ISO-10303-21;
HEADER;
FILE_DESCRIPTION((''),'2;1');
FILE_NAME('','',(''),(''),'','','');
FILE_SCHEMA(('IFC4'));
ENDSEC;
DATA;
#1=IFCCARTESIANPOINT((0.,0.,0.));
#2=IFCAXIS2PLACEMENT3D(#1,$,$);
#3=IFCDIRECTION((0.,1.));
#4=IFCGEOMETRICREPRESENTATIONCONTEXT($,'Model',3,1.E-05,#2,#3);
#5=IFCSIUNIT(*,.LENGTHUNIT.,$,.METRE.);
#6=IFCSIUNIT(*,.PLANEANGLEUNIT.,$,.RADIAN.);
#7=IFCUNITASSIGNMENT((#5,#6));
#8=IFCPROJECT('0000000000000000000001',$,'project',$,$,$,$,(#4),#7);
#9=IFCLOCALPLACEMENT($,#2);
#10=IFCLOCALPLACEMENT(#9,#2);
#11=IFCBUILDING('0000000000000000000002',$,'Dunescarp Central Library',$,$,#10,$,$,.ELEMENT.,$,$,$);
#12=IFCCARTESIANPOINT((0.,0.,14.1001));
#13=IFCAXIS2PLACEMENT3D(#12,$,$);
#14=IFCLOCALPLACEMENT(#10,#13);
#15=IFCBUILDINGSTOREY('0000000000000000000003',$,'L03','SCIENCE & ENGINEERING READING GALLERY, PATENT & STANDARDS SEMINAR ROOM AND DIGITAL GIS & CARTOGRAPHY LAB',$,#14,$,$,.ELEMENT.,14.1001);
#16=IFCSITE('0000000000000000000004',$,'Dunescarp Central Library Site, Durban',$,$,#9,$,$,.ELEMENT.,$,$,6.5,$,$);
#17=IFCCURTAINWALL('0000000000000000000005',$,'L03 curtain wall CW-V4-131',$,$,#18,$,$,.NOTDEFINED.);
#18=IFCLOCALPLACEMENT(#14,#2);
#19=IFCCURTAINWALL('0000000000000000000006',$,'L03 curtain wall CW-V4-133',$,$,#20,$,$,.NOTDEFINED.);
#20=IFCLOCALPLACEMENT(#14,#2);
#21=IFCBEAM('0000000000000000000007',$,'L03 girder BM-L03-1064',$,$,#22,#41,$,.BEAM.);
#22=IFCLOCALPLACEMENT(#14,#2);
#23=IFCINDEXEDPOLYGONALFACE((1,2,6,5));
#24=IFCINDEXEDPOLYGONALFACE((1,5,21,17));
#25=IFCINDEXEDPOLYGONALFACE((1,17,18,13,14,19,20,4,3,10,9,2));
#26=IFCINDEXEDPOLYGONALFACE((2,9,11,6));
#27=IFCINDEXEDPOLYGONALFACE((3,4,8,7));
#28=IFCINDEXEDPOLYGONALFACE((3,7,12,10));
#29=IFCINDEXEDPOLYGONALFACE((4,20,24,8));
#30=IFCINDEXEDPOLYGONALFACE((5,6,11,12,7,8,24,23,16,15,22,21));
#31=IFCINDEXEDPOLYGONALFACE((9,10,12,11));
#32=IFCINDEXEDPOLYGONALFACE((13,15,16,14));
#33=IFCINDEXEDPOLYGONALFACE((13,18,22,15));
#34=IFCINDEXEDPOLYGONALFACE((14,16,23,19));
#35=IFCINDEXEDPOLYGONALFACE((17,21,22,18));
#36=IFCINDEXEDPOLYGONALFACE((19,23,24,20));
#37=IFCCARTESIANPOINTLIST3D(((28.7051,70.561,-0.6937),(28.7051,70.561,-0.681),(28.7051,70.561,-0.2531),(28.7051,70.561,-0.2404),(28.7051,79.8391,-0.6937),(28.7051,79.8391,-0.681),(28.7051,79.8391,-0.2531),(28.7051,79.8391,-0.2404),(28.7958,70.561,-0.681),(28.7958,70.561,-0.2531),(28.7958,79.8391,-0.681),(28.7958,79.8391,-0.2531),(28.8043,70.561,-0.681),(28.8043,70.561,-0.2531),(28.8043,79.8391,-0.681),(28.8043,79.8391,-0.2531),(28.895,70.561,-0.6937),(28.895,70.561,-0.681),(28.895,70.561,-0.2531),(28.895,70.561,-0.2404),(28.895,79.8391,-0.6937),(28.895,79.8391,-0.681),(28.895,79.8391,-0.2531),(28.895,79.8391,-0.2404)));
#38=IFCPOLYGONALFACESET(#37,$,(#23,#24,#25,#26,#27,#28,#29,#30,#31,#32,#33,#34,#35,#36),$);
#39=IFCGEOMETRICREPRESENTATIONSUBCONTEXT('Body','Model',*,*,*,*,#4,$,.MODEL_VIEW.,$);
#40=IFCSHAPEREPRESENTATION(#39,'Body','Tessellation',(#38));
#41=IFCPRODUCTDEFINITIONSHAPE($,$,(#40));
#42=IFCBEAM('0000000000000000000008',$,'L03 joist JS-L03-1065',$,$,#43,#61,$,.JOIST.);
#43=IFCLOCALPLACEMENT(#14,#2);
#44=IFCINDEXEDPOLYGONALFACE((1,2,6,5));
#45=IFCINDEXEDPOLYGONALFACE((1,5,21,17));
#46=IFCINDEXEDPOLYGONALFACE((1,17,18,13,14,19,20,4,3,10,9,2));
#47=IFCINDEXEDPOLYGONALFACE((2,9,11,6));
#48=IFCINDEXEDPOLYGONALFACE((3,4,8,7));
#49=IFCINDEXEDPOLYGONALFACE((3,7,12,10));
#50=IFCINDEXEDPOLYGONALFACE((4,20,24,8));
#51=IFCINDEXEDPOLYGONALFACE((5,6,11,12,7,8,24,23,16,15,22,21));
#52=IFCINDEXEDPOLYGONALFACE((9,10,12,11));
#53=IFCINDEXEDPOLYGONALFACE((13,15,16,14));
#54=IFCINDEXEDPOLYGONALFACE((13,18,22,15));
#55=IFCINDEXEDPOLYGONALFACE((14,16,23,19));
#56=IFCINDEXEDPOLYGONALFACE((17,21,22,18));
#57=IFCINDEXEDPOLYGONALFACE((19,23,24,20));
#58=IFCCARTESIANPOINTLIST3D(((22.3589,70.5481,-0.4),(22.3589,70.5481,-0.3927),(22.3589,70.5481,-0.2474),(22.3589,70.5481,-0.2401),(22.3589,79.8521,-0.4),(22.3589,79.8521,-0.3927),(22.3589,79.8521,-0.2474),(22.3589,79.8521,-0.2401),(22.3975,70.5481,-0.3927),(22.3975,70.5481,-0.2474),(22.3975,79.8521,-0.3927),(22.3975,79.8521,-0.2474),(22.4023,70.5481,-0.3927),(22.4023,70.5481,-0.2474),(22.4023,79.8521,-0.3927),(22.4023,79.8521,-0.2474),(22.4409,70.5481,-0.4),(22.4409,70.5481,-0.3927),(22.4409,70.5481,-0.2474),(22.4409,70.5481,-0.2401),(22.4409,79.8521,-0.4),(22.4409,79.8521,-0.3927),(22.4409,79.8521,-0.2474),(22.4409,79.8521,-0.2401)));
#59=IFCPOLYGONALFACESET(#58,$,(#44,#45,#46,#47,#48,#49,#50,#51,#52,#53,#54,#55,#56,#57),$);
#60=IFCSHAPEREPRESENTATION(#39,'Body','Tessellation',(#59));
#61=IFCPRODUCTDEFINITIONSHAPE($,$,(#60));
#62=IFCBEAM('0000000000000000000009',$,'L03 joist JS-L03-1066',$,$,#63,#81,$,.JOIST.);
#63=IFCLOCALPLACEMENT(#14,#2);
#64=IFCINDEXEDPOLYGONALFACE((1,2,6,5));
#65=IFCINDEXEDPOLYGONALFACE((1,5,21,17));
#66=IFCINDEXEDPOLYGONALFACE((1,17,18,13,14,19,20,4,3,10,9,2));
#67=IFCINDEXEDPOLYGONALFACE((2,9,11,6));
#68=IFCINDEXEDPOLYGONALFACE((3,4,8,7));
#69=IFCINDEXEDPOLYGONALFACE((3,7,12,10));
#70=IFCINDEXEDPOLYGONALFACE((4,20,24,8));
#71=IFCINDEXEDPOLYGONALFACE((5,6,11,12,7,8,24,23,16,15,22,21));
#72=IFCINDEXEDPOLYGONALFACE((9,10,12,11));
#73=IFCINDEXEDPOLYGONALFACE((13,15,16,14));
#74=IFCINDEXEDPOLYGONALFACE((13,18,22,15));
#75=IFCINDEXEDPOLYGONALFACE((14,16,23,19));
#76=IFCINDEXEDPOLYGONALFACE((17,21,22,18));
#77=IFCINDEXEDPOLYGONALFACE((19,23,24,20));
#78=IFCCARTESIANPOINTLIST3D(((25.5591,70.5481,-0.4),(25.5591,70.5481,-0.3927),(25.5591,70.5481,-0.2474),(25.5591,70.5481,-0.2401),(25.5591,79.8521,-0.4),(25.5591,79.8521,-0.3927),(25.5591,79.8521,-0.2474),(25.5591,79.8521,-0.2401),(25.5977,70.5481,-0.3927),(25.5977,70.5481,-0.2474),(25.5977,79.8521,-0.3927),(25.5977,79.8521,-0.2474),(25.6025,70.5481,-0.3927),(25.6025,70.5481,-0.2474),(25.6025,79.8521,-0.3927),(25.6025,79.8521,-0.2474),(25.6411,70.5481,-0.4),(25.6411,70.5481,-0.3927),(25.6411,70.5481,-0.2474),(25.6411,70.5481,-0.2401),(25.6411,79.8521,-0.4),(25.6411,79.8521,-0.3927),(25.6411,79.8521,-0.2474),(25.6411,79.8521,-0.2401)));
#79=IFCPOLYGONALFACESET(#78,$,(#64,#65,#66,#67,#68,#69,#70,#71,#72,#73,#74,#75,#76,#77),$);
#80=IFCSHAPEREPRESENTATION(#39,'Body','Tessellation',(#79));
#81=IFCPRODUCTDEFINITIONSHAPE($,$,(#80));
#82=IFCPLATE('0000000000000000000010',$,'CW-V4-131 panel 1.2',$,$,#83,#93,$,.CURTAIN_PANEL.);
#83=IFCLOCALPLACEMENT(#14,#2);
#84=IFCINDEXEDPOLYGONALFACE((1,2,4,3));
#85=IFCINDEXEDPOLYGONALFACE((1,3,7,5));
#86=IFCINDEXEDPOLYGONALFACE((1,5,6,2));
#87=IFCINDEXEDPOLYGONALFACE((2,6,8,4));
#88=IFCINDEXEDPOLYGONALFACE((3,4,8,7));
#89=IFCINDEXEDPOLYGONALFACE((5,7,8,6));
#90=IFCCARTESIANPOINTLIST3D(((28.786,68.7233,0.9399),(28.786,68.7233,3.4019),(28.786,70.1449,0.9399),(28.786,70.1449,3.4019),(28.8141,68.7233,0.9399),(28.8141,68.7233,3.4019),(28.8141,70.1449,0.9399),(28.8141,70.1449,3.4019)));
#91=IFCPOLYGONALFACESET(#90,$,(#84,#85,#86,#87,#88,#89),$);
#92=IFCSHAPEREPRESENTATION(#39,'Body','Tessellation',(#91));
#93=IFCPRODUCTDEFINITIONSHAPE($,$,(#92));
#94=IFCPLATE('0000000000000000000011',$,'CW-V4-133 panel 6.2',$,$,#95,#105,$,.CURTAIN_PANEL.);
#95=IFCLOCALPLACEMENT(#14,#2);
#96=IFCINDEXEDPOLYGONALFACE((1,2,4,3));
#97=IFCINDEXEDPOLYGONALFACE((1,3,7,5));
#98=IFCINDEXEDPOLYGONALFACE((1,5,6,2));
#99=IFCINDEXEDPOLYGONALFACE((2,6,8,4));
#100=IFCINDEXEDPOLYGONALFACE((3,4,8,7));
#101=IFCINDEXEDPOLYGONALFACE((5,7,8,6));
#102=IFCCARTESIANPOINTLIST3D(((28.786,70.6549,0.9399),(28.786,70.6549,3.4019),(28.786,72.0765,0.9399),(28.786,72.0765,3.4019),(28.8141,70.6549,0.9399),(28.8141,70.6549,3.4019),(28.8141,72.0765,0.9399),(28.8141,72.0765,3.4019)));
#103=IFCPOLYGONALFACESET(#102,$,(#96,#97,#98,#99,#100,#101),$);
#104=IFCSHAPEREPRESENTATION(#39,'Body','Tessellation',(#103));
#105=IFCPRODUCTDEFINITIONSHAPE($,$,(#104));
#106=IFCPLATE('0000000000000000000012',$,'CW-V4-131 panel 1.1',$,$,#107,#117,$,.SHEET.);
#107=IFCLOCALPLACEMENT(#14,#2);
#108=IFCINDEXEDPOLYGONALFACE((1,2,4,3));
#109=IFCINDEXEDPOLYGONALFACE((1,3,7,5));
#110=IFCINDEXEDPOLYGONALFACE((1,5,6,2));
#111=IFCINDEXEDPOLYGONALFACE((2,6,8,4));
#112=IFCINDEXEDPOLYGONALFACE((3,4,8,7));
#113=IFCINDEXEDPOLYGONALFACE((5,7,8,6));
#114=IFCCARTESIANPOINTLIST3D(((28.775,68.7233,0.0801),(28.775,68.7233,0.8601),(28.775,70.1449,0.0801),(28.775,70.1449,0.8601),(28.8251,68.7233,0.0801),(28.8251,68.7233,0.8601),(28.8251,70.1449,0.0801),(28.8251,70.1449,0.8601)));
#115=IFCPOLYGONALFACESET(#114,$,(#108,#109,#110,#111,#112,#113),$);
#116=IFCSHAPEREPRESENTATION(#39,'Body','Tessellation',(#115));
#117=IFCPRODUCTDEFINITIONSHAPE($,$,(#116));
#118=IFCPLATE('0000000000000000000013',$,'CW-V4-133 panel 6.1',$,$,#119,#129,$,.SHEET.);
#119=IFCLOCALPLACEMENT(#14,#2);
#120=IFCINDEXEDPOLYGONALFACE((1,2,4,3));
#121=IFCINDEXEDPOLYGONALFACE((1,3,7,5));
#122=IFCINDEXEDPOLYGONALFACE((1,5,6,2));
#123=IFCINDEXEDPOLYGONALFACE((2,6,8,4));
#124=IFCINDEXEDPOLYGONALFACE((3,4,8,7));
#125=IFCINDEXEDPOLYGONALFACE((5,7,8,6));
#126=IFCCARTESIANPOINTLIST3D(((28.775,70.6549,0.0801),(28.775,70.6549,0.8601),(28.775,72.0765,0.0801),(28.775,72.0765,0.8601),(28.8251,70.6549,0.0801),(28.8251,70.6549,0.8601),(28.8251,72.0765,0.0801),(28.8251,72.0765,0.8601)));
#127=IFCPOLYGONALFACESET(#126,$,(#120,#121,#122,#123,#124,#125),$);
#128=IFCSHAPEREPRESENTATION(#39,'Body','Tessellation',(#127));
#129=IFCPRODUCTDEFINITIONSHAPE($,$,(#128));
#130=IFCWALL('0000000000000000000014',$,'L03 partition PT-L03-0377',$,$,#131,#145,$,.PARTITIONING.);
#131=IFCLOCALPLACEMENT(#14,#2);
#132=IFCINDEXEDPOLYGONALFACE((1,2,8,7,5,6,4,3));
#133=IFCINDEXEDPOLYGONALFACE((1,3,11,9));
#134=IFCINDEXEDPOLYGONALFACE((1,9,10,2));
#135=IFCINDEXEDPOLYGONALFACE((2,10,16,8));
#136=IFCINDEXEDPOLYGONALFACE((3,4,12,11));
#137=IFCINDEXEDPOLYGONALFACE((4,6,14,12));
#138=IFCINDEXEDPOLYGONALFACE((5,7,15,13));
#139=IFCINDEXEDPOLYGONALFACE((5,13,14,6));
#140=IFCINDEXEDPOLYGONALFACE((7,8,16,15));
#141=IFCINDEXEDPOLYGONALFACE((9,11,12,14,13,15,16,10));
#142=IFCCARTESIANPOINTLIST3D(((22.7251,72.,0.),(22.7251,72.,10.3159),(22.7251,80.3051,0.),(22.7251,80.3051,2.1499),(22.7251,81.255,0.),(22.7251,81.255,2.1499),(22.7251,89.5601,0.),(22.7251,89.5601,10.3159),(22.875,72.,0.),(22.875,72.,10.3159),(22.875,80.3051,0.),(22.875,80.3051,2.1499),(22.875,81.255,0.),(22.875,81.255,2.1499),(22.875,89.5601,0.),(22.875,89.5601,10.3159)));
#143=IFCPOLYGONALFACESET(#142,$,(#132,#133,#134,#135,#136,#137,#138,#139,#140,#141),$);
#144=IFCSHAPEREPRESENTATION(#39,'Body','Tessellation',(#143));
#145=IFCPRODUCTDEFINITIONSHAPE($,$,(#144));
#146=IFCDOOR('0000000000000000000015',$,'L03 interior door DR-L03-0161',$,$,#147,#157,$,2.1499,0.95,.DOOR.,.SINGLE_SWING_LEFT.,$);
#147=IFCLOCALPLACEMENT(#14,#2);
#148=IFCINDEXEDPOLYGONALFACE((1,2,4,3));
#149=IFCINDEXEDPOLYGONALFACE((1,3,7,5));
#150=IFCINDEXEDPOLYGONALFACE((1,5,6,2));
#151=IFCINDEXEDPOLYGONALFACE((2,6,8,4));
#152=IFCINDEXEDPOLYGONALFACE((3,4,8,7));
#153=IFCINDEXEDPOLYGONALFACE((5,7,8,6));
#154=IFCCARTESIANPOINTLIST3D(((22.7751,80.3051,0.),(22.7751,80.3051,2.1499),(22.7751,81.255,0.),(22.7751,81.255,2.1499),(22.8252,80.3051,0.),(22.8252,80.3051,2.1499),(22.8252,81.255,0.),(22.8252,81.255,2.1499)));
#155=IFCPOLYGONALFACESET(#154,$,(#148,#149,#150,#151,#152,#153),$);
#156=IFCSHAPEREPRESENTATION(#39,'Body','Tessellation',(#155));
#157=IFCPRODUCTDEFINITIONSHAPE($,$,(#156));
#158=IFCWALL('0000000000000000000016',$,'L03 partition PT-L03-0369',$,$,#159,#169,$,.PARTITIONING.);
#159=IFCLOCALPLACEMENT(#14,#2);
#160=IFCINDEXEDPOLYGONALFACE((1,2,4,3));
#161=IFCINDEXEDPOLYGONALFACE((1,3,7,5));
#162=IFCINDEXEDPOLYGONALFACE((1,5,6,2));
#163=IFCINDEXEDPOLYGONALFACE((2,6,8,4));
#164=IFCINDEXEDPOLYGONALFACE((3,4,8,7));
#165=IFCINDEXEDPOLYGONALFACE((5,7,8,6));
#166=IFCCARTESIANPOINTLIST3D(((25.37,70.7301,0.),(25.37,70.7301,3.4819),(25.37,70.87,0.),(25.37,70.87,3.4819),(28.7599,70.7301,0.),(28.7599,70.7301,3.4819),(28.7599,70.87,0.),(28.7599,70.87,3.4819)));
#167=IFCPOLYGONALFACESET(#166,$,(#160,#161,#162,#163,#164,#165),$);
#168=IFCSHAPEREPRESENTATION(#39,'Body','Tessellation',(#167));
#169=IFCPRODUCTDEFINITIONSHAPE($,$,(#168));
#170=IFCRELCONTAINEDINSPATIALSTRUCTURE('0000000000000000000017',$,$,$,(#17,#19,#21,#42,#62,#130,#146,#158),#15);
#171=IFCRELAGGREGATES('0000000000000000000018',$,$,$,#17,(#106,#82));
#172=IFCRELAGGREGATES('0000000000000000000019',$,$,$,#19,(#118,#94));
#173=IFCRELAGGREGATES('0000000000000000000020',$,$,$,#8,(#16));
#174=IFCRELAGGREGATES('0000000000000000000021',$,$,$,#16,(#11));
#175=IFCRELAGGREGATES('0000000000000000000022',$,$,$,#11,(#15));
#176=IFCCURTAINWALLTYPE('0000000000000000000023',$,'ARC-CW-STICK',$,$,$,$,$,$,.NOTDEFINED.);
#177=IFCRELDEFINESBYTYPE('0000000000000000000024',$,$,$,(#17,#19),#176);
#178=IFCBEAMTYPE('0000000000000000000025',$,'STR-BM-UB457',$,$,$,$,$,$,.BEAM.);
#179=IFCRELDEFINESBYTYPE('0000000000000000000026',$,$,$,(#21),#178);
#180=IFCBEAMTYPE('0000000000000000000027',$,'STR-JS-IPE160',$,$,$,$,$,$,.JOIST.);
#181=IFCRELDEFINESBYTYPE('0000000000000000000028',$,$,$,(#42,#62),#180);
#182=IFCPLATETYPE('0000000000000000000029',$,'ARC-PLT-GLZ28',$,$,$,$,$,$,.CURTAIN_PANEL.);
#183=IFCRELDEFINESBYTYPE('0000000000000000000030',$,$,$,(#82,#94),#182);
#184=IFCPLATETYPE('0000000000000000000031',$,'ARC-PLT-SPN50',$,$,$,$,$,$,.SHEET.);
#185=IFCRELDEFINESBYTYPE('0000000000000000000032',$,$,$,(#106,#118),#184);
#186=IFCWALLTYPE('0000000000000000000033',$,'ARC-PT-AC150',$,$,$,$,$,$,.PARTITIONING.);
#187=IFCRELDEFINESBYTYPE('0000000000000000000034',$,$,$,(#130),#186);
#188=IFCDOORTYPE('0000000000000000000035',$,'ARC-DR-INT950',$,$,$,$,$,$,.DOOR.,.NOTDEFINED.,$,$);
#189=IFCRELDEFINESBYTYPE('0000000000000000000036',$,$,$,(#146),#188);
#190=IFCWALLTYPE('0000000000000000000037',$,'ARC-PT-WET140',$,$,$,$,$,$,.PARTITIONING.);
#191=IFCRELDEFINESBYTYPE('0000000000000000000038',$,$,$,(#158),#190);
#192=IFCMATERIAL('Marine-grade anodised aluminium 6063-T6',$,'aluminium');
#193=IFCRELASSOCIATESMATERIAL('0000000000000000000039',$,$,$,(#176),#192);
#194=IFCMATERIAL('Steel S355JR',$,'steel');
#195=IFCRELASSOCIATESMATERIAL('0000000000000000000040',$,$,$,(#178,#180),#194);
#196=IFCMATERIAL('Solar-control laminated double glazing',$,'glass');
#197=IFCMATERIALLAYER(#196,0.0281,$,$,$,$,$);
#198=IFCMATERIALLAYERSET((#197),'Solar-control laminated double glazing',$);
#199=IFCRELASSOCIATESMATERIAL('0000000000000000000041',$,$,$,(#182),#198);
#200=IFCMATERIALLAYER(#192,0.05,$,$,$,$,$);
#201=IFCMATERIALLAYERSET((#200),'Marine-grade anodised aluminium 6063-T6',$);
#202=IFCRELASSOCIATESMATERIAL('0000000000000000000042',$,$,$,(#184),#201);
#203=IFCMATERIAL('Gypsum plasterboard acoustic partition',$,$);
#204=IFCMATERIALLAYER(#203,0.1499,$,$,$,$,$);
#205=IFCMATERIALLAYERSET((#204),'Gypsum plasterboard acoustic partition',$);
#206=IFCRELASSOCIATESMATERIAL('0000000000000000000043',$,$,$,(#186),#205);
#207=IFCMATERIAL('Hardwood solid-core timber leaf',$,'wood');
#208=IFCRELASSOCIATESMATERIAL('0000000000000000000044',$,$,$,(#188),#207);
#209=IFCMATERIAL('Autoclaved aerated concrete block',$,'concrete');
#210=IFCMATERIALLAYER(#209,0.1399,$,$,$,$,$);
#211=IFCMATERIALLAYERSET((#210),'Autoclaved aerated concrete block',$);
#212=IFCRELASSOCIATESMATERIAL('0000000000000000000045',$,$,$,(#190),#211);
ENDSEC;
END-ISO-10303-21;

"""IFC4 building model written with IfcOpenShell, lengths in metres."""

from ifc_helpers import new_model, si_unit, direction, frame, frame_2d, origin, origin_2d, place, context, subcontext, project, spatial, rectangle, i_section, extrude, material, layer, layer_set, material_profile, profile_set, type_object, element, fill, aggregate, save


model = new_model("IFC4")

# Units and contexts
model_context = context("Model", 3, precision=1e-05, world=origin(), true_north=direction((0.0, 1.0)))
body_context = subcontext(model_context, "Body", "Model", "MODEL_VIEW")
ifc_project = project(units=[si_unit("LENGTHUNIT", "METRE"), si_unit("PLANEANGLEUNIT", "RADIAN")], contexts=[model_context])

# Site, building, storey
site_placement = place(None, origin())
site = spatial("IfcSite", under=ifc_project, at=site_placement, Name="Dunescarp Central Library Site, Durban", CompositionType="ELEMENT", RefElevation=6.5)
building_placement = place(site_placement, origin())
building = spatial("IfcBuilding", under=site, at=building_placement, Name="Dunescarp Central Library", CompositionType="ELEMENT")
storey_placement = place(building_placement, frame((0.0, 0.0, 14.1001)))
storey = spatial("IfcBuildingStorey", under=building, at=storey_placement, Name="L03", Description="SCIENCE & ENGINEERING READING GALLERY, PATENT & STANDARDS SEMINAR ROOM AND DIGITAL GIS & CARTOGRAPHY LAB", CompositionType="ELEMENT", Elevation=14.1001)

# Shared definitions
ifc_material_1 = material(Name="Steel S355JR", Category="steel")

# Curtain wall
ifc_material_2 = material(Name="Marine-grade anodised aluminium 6063-T6", Category="aluminium")
curtain_wall_type = type_object("IfcCurtainWallType", Name="ARC-CW-STICK", PredefinedType="NOTDEFINED", material=ifc_material_2)
curtain_wall_1_placement = place(storey_placement, origin())
curtain_wall_1 = element("IfcCurtainWall", 1, at=curtain_wall_1_placement, inside=storey, type_object=curtain_wall_type, Name="L03 curtain wall CW-V4-131", PredefinedType="NOTDEFINED")

# Curtain wall
curtain_wall_2_placement = place(storey_placement, origin())
curtain_wall_2 = element("IfcCurtainWall", 2, at=curtain_wall_2_placement, inside=storey, type_object=curtain_wall_type, Name="L03 curtain wall CW-V4-133", PredefinedType="NOTDEFINED")

# Beams
ifc_material_profile_1 = material_profile(ifc_material_1, i_section(OverallWidth=0.1899, OverallDepth=0.4534, WebThickness=0.0085, FlangeThickness=0.0127, at=origin_2d()), Name="UB 457x191x67")
ifc_profile_set_1 = profile_set([ifc_material_profile_1], Name="Steel S355JR")
beam_type_1 = type_object("IfcBeamType", Name="STR-BM-UB457", PredefinedType="BEAM", material=ifc_profile_set_1)
for number, where, z_axis, x_axis, name in (
    (3, (28.8, 70.561, -0.467), (0.0, 1.0, 0.0), (-1.0, 0.0, 0.0), "L03 girder BM-L03-1064"),
):
    element("IfcBeam", number, at=place(storey_placement, frame(where, z_axis=z_axis, x_axis=x_axis)), inside=storey, type_object=beam_type_1, Name=name, PredefinedType="BEAM", context=body_context, shape_type="SweptSolid", body=[
        extrude(i_section(OverallWidth=0.1899, OverallDepth=0.4534, WebThickness=0.0085, FlangeThickness=0.0127, at=origin_2d()), origin(), (0.0, 0.0, 1.0), 9.2781),
    ])
ifc_material_profile_2 = material_profile(ifc_material_1, i_section(OverallWidth=0.082, OverallDepth=0.1599, WebThickness=0.0049, FlangeThickness=0.0073, at=origin_2d()), Name="IPE 160")
ifc_profile_set_2 = profile_set([ifc_material_profile_2], Name="Steel S355JR")
beam_type_2 = type_object("IfcBeamType", Name="STR-JS-IPE160", PredefinedType="JOIST", material=ifc_profile_set_2)
for number, where, z_axis, x_axis, name in (
    (4, (22.3999, 70.5481, -0.3201), (0.0, 1.0, 0.0), (-1.0, 0.0, 0.0), "L03 joist JS-L03-1065"),
    (5, (25.6001, 70.5481, -0.3201), (0.0, 1.0, 0.0), (-1.0, 0.0, 0.0), "L03 joist JS-L03-1066"),
):
    element("IfcBeam", number, at=place(storey_placement, frame(where, z_axis=z_axis, x_axis=x_axis)), inside=storey, type_object=beam_type_2, Name=name, PredefinedType="JOIST", context=body_context, shape_type="SweptSolid", body=[
        extrude(i_section(OverallWidth=0.082, OverallDepth=0.1599, WebThickness=0.0049, FlangeThickness=0.0073, at=origin_2d()), origin(), (0.0, 0.0, 1.0), 9.304),
    ])

# Plates
ifc_material_3 = material(Name="Solar-control laminated double glazing", Category="glass")
ifc_layer_1 = layer(ifc_material_3, 0.0281)
ifc_layer_set_1 = layer_set([ifc_layer_1], Name="Solar-control laminated double glazing")
plate_type_1 = type_object("IfcPlateType", Name="ARC-PLT-GLZ28", PredefinedType="CURTAIN_PANEL", material=ifc_layer_set_1)
plate_1_placement = place(storey_placement, frame((28.8, 69.4341, 0.9399), z_axis=(0.0, 0.0, 1.0), x_axis=(0.0, -1.0, 0.0)))
plate_1 = element("IfcPlate", 6, at=plate_1_placement, type_object=plate_type_1, Name="CW-V4-131 panel 1.2", PredefinedType="CURTAIN_PANEL", context=body_context, shape_type="SweptSolid", body=[
    extrude(rectangle(XDim=1.4216, YDim=0.0281, at=origin_2d()), origin(), (0.0, 0.0, 1.0), 2.4619),
])
plate_2_placement = place(storey_placement, frame((28.8, 71.3657, 0.9399), z_axis=(0.0, 0.0, 1.0), x_axis=(0.0, -1.0, 0.0)))
plate_2 = element("IfcPlate", 7, at=plate_2_placement, type_object=plate_type_1, Name="CW-V4-133 panel 6.2", PredefinedType="CURTAIN_PANEL", context=body_context, shape_type="SweptSolid", body=[
    extrude(rectangle(XDim=1.4216, YDim=0.0281, at=origin_2d()), origin(), (0.0, 0.0, 1.0), 2.4619),
])
ifc_layer_2 = layer(ifc_material_2, 0.05)
ifc_layer_set_2 = layer_set([ifc_layer_2], Name="Marine-grade anodised aluminium 6063-T6")
plate_type_2 = type_object("IfcPlateType", Name="ARC-PLT-SPN50", PredefinedType="SHEET", material=ifc_layer_set_2)
plate_3_placement = place(storey_placement, frame((28.8, 69.4341, 0.0801), z_axis=(0.0, 0.0, 1.0), x_axis=(0.0, -1.0, 0.0)))
plate_3 = element("IfcPlate", 8, at=plate_3_placement, type_object=plate_type_2, Name="CW-V4-131 panel 1.1", PredefinedType="SHEET", context=body_context, shape_type="SweptSolid", body=[
    extrude(rectangle(XDim=1.4216, YDim=0.05, at=origin_2d()), origin(), (0.0, 0.0, 1.0), 0.78),
])
aggregate(curtain_wall_1, [plate_3, plate_1])
plate_4_placement = place(storey_placement, frame((28.8, 71.3657, 0.0801), z_axis=(0.0, 0.0, 1.0), x_axis=(0.0, -1.0, 0.0)))
plate_4 = element("IfcPlate", 9, at=plate_4_placement, type_object=plate_type_2, Name="CW-V4-133 panel 6.1", PredefinedType="SHEET", context=body_context, shape_type="SweptSolid", body=[
    extrude(rectangle(XDim=1.4216, YDim=0.05, at=origin_2d()), origin(), (0.0, 0.0, 1.0), 0.78),
])
aggregate(curtain_wall_2, [plate_4, plate_2])

# Wall, opening, door
ifc_material_4 = material(Name="Gypsum plasterboard acoustic partition")
ifc_layer_3 = layer(ifc_material_4, 0.1499)
ifc_layer_set_3 = layer_set([ifc_layer_3], Name="Gypsum plasterboard acoustic partition")
wall_type_1 = type_object("IfcWallType", Name="ARC-PT-AC150", PredefinedType="PARTITIONING", material=ifc_layer_set_3)
wall_1_placement = place(storey_placement, frame((22.8, 72.0, 0.0), z_axis=(0.0, 0.0, 1.0), x_axis=(0.0, 1.0, 0.0)))
wall_1 = element("IfcWall", 10, at=wall_1_placement, inside=storey, type_object=wall_type_1, Name="L03 partition PT-L03-0377", PredefinedType="PARTITIONING", context=body_context, shape_type="SweptSolid", body=[
    extrude(rectangle(XDim=17.5601, YDim=0.1499, at=frame_2d((8.78, 0.0))), origin(), (0.0, 0.0, 1.0), 10.3159),
])
opening_1_placement = place(wall_1_placement, frame((8.3049, 0.0, 0.0)))
opening_1 = element("IfcOpeningElement", 11, at=opening_1_placement, cuts=wall_1, PredefinedType="OPENING", context=body_context, shape_type="SweptSolid", body=[
    extrude(rectangle(XDim=0.95, YDim=2.1499, at=frame_2d((0.4751, 1.075))), frame((0.0, 0.085, 0.0), z_axis=(0.0, -1.0, 0.0), x_axis=(1.0, 0.0, 0.0)), (0.0, 0.0, 1.0), 0.1699),
])
ifc_material_5 = material(Name="Hardwood solid-core timber leaf", Category="wood")
door_type_1 = type_object("IfcDoorType", Name="ARC-DR-INT950", OperationType="NOTDEFINED", PredefinedType="DOOR", material=ifc_material_5)
door_1_placement = place(opening_1_placement, origin())
door_1 = element("IfcDoor", 12, at=door_1_placement, inside=storey, type_object=door_type_1, Name="L03 interior door DR-L03-0161", OperationType="SINGLE_SWING_LEFT", OverallHeight=2.1499, OverallWidth=0.95, PredefinedType="DOOR", context=body_context, shape_type="SweptSolid", body=[
    extrude(rectangle(XDim=0.95, YDim=2.1499, at=frame_2d((0.4751, 1.075))), frame((0.0, 0.0249, 0.0), z_axis=(0.0, -1.0, 0.0), x_axis=(1.0, 0.0, 0.0)), (0.0, 0.0, 1.0), 0.05),
])
fill(opening_1, door_1)

# Wall
ifc_material_6 = material(Name="Autoclaved aerated concrete block", Category="concrete")
ifc_layer_4 = layer(ifc_material_6, 0.1399)
ifc_layer_set_4 = layer_set([ifc_layer_4], Name="Autoclaved aerated concrete block")
wall_type_2 = type_object("IfcWallType", Name="ARC-PT-WET140", PredefinedType="PARTITIONING", material=ifc_layer_set_4)
wall_2_placement = place(storey_placement, frame((25.3701, 70.8, 0.0), z_axis=(0.0, 0.0, 1.0), x_axis=(1.0, 0.0, 0.0)))
element("IfcWall", 13, at=wall_2_placement, inside=storey, type_object=wall_type_2, Name="L03 partition PT-L03-0369", PredefinedType="PARTITIONING", context=body_context, shape_type="SweptSolid", body=[
    extrude(rectangle(XDim=3.3899, YDim=0.1399, at=frame_2d((1.6948, 0.0))), origin(), (0.0, 0.0, 1.0), 3.4819),
])

save(model, "model.ifc")
